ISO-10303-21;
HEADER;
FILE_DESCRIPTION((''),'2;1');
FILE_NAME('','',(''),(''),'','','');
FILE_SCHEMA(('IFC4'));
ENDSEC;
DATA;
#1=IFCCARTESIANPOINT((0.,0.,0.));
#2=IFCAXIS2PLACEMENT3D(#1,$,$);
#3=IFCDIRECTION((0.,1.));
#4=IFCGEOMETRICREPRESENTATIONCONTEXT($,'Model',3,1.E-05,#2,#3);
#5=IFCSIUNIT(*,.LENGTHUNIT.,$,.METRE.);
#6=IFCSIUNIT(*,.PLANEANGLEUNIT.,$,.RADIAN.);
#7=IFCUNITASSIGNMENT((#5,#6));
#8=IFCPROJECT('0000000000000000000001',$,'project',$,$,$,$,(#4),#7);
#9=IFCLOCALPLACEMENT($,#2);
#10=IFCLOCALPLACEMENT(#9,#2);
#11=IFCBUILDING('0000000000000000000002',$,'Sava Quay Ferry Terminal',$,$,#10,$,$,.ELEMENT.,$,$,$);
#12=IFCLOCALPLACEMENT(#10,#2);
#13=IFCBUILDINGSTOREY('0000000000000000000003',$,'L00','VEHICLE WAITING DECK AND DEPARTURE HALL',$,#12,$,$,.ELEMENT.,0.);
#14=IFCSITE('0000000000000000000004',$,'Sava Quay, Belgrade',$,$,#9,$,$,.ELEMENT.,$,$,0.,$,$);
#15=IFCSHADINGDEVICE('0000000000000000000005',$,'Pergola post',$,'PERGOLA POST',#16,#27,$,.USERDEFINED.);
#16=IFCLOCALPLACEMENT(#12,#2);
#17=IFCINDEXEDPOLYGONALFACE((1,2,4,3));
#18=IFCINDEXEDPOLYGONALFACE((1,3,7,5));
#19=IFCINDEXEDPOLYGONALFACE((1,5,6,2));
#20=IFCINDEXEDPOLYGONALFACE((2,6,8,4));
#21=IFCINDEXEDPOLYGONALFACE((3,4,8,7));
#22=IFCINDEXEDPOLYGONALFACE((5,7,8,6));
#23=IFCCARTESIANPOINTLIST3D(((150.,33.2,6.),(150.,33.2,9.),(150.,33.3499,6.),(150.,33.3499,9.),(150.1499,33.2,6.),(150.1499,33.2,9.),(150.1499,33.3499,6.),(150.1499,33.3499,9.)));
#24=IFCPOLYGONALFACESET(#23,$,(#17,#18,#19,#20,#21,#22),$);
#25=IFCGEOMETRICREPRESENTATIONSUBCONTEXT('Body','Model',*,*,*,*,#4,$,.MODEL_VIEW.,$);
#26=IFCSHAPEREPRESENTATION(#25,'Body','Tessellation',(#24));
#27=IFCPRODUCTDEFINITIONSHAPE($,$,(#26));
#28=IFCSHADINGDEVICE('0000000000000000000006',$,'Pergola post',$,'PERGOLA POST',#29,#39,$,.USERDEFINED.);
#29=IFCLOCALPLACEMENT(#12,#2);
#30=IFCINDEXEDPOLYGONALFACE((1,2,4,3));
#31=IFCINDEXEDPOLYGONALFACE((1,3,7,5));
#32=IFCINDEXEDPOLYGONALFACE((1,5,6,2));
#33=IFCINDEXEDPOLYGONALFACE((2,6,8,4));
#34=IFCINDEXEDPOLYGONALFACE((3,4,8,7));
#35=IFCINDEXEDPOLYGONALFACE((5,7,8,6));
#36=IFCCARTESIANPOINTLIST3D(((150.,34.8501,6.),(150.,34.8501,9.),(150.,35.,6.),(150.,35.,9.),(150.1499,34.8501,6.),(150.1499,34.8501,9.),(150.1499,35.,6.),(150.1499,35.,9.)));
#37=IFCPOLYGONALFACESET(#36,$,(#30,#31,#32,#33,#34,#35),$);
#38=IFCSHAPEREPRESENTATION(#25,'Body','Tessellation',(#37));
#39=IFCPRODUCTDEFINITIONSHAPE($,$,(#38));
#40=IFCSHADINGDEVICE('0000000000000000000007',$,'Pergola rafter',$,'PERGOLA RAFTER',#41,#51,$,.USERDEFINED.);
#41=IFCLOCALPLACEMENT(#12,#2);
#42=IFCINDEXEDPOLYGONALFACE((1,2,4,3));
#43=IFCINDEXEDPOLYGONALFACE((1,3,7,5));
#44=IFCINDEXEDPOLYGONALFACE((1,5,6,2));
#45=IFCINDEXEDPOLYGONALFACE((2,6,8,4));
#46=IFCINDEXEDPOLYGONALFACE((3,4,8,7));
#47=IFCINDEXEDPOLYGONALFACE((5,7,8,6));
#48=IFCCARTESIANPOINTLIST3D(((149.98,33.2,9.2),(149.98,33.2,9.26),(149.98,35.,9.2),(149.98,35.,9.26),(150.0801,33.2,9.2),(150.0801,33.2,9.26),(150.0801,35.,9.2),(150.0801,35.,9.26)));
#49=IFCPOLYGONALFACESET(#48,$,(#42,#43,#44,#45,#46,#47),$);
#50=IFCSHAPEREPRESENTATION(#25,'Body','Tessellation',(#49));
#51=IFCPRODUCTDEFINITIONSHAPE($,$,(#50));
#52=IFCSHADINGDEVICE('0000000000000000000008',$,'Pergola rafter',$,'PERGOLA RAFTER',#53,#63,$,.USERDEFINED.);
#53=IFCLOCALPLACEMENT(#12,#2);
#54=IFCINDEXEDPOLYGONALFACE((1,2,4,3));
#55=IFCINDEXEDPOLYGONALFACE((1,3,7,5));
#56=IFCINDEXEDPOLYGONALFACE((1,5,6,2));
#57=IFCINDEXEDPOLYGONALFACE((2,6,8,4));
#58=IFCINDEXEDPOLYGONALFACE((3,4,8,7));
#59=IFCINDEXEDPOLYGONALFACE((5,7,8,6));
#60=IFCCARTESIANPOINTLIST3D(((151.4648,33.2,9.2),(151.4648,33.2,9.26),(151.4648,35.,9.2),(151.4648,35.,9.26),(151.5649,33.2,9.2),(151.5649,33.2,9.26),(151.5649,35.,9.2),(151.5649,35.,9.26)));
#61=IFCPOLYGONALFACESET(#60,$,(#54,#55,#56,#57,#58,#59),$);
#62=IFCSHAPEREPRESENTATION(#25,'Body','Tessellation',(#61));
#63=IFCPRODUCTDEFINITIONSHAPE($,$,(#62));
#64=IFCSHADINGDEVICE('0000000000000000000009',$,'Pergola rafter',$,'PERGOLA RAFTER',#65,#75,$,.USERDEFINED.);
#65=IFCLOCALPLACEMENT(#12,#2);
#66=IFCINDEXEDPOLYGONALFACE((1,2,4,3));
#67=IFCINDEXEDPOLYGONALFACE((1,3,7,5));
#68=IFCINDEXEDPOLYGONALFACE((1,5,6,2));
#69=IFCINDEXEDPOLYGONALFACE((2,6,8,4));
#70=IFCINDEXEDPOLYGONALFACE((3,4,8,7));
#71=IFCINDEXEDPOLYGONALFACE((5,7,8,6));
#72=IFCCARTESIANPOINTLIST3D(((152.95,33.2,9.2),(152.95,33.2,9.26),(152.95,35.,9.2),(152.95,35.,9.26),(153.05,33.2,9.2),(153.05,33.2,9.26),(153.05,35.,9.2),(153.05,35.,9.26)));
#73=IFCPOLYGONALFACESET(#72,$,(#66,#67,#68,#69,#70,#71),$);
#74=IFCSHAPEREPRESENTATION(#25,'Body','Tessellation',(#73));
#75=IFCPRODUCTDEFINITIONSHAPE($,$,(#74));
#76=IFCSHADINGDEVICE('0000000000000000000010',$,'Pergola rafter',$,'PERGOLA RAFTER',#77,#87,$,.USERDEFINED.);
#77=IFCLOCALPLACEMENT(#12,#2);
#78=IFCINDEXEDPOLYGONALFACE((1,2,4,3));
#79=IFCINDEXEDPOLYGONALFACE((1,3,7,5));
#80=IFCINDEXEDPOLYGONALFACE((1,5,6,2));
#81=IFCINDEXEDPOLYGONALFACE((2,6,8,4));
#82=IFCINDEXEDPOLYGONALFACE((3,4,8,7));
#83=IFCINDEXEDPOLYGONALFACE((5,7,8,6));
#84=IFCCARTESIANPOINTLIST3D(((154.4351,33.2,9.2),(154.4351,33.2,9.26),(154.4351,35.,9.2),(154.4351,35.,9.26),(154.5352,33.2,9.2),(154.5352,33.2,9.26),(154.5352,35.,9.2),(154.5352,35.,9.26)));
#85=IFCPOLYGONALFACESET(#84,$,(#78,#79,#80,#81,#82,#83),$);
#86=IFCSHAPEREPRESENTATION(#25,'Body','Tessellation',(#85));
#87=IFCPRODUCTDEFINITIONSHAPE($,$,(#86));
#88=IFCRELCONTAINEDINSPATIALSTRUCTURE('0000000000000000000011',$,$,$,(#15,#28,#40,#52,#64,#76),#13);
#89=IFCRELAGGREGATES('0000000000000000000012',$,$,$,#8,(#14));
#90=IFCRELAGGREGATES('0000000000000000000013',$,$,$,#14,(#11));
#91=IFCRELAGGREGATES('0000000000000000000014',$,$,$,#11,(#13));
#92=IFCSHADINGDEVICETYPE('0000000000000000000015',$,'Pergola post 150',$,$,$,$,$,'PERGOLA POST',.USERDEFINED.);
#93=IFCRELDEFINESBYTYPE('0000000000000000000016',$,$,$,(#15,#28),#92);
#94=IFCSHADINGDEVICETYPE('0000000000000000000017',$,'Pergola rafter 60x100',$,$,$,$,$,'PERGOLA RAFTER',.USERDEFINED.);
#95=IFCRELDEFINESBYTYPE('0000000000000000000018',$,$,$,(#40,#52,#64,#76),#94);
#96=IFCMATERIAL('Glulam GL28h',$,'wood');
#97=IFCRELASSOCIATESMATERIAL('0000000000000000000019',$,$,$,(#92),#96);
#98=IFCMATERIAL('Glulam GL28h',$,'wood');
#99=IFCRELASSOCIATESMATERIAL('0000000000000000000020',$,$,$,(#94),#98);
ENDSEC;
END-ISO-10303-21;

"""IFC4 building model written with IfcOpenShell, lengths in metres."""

from ifc_helpers import new_model, si_unit, direction, frame, origin, origin_2d, place, context, subcontext, project, spatial, rectangle, extrude, material, material_profile, profile_set, type_object, element, save


model = new_model("IFC4")

# Units and contexts
model_context = context("Model", 3, precision=1e-05, world=origin(), true_north=direction((0.0, 1.0)))
body_context = subcontext(model_context, "Body", "Model", "MODEL_VIEW")
ifc_project = project(units=[si_unit("LENGTHUNIT", "METRE"), si_unit("PLANEANGLEUNIT", "RADIAN")], contexts=[model_context])

# Site, building, storey
site_placement = place(None, origin())
site = spatial("IfcSite", under=ifc_project, at=site_placement, Name="Sava Quay, Belgrade", CompositionType="ELEMENT", RefElevation=0.0)
building_placement = place(site_placement, origin())
building = spatial("IfcBuilding", under=site, at=building_placement, Name="Sava Quay Ferry Terminal", CompositionType="ELEMENT")
storey_placement = place(building_placement, origin())
storey = spatial("IfcBuildingStorey", under=building, at=storey_placement, Name="L00", Description="VEHICLE WAITING DECK AND DEPARTURE HALL", CompositionType="ELEMENT", Elevation=0.0)

# Shading devices
ifc_material_1 = material(Name="Glulam GL28h", Category="wood")
ifc_material_profile_1 = material_profile(ifc_material_1, rectangle(XDim=0.1499, YDim=0.1499, at=origin_2d()), Name="Pergola 150 x 150")
ifc_profile_set_1 = profile_set([ifc_material_profile_1], Name="Glulam GL28h")
shading_device_type_1 = type_object("IfcShadingDeviceType", Name="Pergola post 150", ElementType="PERGOLA POST", PredefinedType="USERDEFINED", material=ifc_profile_set_1)
for number, where, z_axis, x_axis, name in (
    (1, (150.075, 33.2749, 6.0), (0.0, 0.0, 1.0), (1.0, 0.0, 0.0), "Pergola post"),
    (2, (150.075, 34.925, 6.0), (0.0, 0.0, 1.0), (1.0, 0.0, 0.0), "Pergola post"),
):
    element("IfcShadingDevice", number, at=place(storey_placement, frame(where, z_axis=z_axis, x_axis=x_axis)), inside=storey, type_object=shading_device_type_1, Name=name, ObjectType="PERGOLA POST", PredefinedType="USERDEFINED", context=body_context, shape_type="SweptSolid", body=[
        extrude(rectangle(XDim=0.1499, YDim=0.1499, at=origin_2d()), origin(), (0.0, 0.0, 1.0), 3.0),
    ])
ifc_material_2 = material(Name="Glulam GL28h", Category="wood")
ifc_material_profile_2 = material_profile(ifc_material_2, rectangle(XDim=0.0601, YDim=0.1001, at=origin_2d()), Name="Pergola 60 x 100")
ifc_profile_set_2 = profile_set([ifc_material_profile_2], Name="Glulam GL28h")
shading_device_type_2 = type_object("IfcShadingDeviceType", Name="Pergola rafter 60x100", ElementType="PERGOLA RAFTER", PredefinedType="USERDEFINED", material=ifc_profile_set_2)
for number, where, z_axis, x_axis, name in (
    (3, (150.03, 33.2, 9.23), (0.0, 1.0, 0.0), (0.0, 0.0, 1.0), "Pergola rafter"),
    (4, (151.5149, 33.2, 9.23), (0.0, 1.0, 0.0), (0.0, 0.0, 1.0), "Pergola rafter"),
    (5, (153.0, 33.2, 9.23), (0.0, 1.0, 0.0), (0.0, 0.0, 1.0), "Pergola rafter"),
    (6, (154.4851, 33.2, 9.23), (0.0, 1.0, 0.0), (0.0, 0.0, 1.0), "Pergola rafter"),
):
    element("IfcShadingDevice", number, at=place(storey_placement, frame(where, z_axis=z_axis, x_axis=x_axis)), inside=storey, type_object=shading_device_type_2, Name=name, ObjectType="PERGOLA RAFTER", PredefinedType="USERDEFINED", context=body_context, shape_type="SweptSolid", body=[
        extrude(rectangle(XDim=0.0601, YDim=0.1001, at=origin_2d()), origin(), (0.0, 0.0, 1.0), 1.8),
    ])

save(model, "model.ifc")
